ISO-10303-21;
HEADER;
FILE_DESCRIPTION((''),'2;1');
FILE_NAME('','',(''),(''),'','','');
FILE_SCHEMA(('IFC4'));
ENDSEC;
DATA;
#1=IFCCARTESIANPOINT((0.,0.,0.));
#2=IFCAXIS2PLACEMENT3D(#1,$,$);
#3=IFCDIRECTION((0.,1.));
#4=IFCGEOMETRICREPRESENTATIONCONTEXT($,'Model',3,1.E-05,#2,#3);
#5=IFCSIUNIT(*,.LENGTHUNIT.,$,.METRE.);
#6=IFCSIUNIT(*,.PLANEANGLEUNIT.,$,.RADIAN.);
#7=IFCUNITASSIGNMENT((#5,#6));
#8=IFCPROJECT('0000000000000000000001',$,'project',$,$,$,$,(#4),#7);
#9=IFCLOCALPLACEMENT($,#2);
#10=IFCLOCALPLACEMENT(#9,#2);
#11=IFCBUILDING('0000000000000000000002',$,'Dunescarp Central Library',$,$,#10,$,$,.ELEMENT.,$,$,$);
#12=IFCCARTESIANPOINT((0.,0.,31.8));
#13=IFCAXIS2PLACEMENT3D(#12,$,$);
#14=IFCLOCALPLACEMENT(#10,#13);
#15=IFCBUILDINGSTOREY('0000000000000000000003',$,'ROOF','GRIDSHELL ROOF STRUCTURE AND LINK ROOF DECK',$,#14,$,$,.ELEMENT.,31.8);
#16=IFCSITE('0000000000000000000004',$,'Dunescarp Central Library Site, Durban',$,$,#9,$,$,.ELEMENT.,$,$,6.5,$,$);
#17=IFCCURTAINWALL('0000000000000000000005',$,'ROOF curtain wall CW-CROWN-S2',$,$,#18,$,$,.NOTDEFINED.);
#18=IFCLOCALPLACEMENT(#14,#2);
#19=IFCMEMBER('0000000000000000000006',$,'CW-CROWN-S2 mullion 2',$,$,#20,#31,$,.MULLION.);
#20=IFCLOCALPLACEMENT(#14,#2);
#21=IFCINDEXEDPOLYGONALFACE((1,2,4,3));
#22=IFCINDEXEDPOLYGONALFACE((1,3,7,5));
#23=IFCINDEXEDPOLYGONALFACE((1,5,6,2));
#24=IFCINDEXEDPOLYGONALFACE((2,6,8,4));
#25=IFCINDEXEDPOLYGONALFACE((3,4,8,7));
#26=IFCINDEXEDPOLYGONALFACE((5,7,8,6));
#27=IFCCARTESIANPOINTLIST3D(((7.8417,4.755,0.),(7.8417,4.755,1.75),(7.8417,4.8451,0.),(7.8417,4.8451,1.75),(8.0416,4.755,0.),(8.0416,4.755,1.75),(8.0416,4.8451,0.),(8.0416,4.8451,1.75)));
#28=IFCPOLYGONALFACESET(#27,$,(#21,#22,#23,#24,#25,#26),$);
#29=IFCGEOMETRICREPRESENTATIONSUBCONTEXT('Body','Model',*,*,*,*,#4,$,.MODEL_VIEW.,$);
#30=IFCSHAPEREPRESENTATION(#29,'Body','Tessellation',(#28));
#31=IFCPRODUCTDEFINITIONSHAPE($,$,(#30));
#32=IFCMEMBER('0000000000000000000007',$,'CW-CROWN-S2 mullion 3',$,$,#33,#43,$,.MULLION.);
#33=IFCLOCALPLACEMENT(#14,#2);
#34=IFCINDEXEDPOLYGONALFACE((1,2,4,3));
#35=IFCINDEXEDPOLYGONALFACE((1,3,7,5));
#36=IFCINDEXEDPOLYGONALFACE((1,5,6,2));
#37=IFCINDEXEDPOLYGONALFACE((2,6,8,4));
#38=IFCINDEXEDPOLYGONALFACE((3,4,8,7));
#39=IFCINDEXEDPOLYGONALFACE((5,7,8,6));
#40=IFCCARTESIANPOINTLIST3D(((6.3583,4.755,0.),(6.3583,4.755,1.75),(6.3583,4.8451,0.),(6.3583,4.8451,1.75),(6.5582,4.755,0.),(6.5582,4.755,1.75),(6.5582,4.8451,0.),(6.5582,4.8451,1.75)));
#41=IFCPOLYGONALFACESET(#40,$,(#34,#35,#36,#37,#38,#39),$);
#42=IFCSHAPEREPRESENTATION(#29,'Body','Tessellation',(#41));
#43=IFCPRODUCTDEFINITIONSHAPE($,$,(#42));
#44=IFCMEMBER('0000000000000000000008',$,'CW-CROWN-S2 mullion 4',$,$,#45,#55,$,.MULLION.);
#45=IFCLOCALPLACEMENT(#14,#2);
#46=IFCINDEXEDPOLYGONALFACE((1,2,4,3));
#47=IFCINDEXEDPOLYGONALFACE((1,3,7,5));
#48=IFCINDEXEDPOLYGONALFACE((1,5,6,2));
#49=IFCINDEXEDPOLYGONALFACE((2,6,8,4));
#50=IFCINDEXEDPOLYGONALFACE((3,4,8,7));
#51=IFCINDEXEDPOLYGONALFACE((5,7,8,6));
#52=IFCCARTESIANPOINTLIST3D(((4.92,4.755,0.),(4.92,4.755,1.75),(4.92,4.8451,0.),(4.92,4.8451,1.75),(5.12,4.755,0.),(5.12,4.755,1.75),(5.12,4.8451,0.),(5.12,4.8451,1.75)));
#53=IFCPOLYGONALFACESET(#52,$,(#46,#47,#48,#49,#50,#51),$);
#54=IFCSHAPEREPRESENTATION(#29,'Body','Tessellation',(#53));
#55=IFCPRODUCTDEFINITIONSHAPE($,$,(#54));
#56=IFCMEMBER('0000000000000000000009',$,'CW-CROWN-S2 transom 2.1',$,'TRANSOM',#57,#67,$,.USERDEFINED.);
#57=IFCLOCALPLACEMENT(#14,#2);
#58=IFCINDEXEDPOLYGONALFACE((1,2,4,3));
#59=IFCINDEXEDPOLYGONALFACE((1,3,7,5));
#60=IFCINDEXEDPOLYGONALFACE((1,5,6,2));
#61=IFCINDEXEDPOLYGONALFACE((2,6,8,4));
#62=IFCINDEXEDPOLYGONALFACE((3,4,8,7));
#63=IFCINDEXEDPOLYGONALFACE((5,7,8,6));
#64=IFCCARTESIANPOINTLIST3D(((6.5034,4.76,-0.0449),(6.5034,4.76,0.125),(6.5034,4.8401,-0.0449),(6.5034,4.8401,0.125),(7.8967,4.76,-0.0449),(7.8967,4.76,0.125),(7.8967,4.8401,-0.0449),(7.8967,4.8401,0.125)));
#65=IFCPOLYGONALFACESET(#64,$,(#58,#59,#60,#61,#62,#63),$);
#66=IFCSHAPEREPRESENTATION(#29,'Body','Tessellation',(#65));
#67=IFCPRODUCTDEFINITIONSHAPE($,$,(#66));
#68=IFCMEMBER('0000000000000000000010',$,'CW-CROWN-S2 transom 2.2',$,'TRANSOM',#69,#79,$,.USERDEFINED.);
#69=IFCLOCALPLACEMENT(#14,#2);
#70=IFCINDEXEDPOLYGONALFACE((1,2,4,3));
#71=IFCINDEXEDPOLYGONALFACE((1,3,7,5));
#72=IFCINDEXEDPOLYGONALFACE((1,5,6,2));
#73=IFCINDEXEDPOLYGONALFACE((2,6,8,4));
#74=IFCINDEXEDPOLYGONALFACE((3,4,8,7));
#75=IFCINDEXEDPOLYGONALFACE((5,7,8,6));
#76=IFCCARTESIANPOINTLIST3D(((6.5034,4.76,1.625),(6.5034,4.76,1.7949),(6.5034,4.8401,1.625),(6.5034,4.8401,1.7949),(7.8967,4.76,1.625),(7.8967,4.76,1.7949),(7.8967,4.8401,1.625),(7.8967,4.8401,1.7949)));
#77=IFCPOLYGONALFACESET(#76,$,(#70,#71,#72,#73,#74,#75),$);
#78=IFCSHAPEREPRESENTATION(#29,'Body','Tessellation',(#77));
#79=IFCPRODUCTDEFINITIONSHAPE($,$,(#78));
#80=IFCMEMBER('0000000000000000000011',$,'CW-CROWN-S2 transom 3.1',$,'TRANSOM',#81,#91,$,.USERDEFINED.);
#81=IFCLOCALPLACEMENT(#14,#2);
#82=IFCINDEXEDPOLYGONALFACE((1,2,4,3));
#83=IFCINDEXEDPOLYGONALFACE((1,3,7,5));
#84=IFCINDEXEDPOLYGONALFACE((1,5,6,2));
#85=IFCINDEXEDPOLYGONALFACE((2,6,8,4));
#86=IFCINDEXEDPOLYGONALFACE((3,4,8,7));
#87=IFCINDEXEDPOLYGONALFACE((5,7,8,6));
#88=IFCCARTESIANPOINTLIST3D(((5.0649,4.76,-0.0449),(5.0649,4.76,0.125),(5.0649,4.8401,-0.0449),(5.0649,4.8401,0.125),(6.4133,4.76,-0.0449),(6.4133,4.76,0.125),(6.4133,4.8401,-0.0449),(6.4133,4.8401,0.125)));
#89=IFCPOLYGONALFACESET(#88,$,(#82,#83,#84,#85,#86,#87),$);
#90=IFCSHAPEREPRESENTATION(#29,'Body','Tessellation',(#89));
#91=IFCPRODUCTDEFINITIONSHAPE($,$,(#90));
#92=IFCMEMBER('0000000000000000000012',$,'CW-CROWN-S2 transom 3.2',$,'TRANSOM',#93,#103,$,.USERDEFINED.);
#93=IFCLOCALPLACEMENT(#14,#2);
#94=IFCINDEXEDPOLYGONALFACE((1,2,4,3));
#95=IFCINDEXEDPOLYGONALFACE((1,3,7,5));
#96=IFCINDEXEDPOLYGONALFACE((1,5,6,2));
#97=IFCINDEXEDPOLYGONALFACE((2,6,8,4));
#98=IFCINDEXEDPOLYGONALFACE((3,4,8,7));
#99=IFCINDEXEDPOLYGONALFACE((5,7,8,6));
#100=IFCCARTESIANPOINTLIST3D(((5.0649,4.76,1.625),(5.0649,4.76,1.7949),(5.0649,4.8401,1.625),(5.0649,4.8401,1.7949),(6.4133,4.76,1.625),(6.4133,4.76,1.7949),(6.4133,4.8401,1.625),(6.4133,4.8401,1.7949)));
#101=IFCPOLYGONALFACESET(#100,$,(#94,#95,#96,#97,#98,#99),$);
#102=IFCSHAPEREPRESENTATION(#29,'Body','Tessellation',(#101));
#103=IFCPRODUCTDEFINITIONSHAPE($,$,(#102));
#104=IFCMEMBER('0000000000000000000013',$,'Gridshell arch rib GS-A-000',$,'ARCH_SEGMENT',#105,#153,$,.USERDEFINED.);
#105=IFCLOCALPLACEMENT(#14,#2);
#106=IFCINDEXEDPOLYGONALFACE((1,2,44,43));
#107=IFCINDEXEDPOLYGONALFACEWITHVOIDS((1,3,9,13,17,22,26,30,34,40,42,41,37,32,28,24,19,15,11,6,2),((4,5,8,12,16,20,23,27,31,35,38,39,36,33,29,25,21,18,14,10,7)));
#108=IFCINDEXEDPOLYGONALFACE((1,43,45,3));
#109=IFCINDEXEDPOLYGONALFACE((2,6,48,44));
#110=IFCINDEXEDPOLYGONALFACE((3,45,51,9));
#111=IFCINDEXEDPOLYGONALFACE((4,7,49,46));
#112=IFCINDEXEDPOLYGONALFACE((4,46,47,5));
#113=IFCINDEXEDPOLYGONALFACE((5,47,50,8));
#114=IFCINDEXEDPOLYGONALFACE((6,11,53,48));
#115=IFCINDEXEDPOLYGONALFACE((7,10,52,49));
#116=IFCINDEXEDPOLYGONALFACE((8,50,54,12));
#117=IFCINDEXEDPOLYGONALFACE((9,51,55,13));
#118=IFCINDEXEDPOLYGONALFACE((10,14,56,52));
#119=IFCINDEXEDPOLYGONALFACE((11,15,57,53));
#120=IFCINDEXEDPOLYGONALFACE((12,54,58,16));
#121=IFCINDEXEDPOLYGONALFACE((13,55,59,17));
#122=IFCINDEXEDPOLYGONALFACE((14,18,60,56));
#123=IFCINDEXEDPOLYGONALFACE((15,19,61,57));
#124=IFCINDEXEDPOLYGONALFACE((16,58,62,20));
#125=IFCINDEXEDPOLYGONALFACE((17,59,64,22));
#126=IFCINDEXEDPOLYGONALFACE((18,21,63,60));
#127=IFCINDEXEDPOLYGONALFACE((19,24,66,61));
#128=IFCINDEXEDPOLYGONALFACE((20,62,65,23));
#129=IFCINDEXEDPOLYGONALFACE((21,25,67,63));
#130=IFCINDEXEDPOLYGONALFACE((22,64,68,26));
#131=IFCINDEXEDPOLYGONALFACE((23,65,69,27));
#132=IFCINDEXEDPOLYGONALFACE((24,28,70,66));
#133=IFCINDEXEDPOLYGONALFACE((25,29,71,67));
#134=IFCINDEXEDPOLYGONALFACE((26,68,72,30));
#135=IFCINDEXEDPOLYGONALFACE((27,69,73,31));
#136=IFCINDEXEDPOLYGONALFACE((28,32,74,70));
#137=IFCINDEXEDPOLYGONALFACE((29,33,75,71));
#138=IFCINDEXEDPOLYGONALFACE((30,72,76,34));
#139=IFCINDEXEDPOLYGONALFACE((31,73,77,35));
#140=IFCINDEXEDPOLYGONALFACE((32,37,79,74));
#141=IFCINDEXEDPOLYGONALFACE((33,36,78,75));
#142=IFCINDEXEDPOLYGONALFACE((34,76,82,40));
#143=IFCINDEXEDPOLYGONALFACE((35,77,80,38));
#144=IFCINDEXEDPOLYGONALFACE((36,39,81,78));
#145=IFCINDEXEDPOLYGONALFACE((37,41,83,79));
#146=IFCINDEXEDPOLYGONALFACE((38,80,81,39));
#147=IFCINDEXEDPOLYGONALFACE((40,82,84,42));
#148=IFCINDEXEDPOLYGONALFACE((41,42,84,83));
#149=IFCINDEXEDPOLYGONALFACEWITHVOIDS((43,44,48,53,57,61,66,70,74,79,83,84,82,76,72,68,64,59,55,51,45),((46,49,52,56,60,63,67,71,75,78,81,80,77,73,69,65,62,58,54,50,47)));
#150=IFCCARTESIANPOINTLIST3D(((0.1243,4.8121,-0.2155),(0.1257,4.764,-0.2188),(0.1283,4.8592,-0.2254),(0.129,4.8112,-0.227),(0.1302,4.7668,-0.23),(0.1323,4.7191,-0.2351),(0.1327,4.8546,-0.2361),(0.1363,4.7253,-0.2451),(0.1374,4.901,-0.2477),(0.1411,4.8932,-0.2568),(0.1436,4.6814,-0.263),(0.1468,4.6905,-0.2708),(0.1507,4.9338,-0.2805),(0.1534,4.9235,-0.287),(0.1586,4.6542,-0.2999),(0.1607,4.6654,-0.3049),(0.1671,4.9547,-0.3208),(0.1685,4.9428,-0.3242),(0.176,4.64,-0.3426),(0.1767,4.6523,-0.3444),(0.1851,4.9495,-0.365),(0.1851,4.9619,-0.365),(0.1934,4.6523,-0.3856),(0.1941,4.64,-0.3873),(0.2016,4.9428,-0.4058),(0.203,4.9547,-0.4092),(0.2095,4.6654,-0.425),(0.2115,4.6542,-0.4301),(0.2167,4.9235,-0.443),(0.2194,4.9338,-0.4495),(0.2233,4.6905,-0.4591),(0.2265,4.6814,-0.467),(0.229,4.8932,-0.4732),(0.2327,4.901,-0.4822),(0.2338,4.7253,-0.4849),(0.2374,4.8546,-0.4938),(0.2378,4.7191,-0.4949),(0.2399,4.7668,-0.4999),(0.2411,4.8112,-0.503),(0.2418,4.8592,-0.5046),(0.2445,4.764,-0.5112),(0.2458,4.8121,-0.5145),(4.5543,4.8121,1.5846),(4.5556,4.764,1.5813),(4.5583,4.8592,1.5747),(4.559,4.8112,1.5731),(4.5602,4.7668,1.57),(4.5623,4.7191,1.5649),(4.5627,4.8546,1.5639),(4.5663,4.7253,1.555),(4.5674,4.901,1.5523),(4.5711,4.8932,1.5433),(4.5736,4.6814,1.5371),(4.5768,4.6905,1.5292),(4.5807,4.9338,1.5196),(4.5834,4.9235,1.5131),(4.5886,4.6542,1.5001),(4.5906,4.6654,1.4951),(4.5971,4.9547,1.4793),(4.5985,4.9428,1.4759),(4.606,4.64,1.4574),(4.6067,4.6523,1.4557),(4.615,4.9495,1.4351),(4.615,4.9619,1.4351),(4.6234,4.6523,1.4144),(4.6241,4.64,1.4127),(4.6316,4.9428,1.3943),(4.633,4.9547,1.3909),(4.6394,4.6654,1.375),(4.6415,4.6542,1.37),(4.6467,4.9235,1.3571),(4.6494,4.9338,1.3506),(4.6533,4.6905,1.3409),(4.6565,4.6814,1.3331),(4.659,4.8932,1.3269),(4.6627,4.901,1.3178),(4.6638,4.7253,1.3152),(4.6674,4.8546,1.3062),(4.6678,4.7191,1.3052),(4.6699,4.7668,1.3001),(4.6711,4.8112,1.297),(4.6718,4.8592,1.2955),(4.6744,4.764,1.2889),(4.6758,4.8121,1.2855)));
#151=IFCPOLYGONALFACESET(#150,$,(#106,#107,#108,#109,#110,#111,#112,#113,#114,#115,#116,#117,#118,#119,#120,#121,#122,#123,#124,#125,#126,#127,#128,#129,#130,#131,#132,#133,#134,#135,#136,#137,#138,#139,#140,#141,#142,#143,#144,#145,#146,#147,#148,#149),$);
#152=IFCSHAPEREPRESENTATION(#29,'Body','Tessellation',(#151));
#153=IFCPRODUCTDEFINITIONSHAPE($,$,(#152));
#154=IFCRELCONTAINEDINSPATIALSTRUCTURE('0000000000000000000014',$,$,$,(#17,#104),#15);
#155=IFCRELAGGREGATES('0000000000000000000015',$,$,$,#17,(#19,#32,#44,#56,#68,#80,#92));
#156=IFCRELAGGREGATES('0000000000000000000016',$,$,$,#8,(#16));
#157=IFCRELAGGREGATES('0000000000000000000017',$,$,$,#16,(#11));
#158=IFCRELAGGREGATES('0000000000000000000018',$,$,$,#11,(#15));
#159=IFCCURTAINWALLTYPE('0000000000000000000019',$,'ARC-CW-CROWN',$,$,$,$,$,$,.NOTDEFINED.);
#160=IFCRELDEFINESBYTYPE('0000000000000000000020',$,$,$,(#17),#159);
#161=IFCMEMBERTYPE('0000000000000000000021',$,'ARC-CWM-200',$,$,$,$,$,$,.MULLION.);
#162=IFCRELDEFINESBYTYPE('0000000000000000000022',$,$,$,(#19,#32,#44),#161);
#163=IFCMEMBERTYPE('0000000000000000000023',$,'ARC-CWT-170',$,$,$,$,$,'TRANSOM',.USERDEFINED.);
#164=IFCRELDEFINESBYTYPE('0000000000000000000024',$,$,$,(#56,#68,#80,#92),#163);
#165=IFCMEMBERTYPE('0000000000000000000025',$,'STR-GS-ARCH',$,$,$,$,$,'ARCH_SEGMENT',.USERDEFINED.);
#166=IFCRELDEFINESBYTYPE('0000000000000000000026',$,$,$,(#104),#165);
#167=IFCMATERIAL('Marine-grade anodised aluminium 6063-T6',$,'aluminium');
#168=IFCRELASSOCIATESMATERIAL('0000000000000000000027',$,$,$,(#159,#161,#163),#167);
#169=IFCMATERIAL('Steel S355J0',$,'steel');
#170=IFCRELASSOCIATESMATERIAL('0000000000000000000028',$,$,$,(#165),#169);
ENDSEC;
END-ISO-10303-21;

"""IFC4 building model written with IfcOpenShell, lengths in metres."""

from ifc_helpers import new_model, si_unit, direction, frame, origin, origin_2d, place, context, subcontext, project, spatial, rectangle, hollow_circle, extrude, material, material_profile, profile_set, type_object, element, aggregate, save


model = new_model("IFC4")

# Units and contexts
model_context = context("Model", 3, precision=1e-05, world=origin(), true_north=direction((0.0, 1.0)))
body_context = subcontext(model_context, "Body", "Model", "MODEL_VIEW")
ifc_project = project(units=[si_unit("LENGTHUNIT", "METRE"), si_unit("PLANEANGLEUNIT", "RADIAN")], contexts=[model_context])

# Site, building, storey
site_placement = place(None, origin())
site = spatial("IfcSite", under=ifc_project, at=site_placement, Name="Dunescarp Central Library Site, Durban", CompositionType="ELEMENT", RefElevation=6.5)
building_placement = place(site_placement, origin())
building = spatial("IfcBuilding", under=site, at=building_placement, Name="Dunescarp Central Library", CompositionType="ELEMENT")
storey_placement = place(building_placement, frame((0.0, 0.0, 31.8)))
storey = spatial("IfcBuildingStorey", under=building, at=storey_placement, Name="ROOF", Description="GRIDSHELL ROOF STRUCTURE AND LINK ROOF DECK", CompositionType="ELEMENT", Elevation=31.8)

# Curtain wall, members
ifc_material_1 = material(Name="Marine-grade anodised aluminium 6063-T6", Category="aluminium")
curtain_wall_type = type_object("IfcCurtainWallType", Name="ARC-CW-CROWN", PredefinedType="NOTDEFINED", material=ifc_material_1)
curtain_wall_placement = place(storey_placement, origin())
curtain_wall = element("IfcCurtainWall", 1, at=curtain_wall_placement, inside=storey, type_object=curtain_wall_type, Name="ROOF curtain wall CW-CROWN-S2", PredefinedType="NOTDEFINED")
ifc_material_profile_1 = material_profile(ifc_material_1, rectangle(XDim=0.0901, YDim=0.2, at=origin_2d()), Name="AL 90x200")
ifc_profile_set_1 = profile_set([ifc_material_profile_1], Name="Marine-grade anodised aluminium 6063-T6")
member_type_1 = type_object("IfcMemberType", Name="ARC-CWM-200", PredefinedType="MULLION", material=ifc_profile_set_1)
member_1_placement = place(storey_placement, frame((7.9417, 4.8, 0.0), z_axis=(0.0, 0.0, 1.0), x_axis=(0.0, -1.0, 0.0)))
member_1 = element("IfcMember", 2, at=member_1_placement, type_object=member_type_1, Name="CW-CROWN-S2 mullion 2", PredefinedType="MULLION", context=body_context, shape_type="SweptSolid", body=[
    extrude(rectangle(XDim=0.0901, YDim=0.2, at=origin_2d()), origin(), (0.0, 0.0, 1.0), 1.75),
])
member_2_placement = place(storey_placement, frame((6.4583, 4.8, 0.0), z_axis=(0.0, 0.0, 1.0), x_axis=(0.0, -1.0, 0.0)))
member_2 = element("IfcMember", 3, at=member_2_placement, type_object=member_type_1, Name="CW-CROWN-S2 mullion 3", PredefinedType="MULLION", context=body_context, shape_type="SweptSolid", body=[
    extrude(rectangle(XDim=0.0901, YDim=0.2, at=origin_2d()), origin(), (0.0, 0.0, 1.0), 1.75),
])
member_3_placement = place(storey_placement, frame((5.02, 4.8, 0.0), z_axis=(0.0, 0.0, 1.0), x_axis=(0.0, -1.0, 0.0)))
member_3 = element("IfcMember", 4, at=member_3_placement, type_object=member_type_1, Name="CW-CROWN-S2 mullion 4", PredefinedType="MULLION", context=body_context, shape_type="SweptSolid", body=[
    extrude(rectangle(XDim=0.0901, YDim=0.2, at=origin_2d()), origin(), (0.0, 0.0, 1.0), 1.75),
])
ifc_material_profile_2 = material_profile(ifc_material_1, rectangle(XDim=0.0801, YDim=0.1699, at=origin_2d()), Name="AL 80x170")
ifc_profile_set_2 = profile_set([ifc_material_profile_2], Name="Marine-grade anodised aluminium 6063-T6")
member_type_2 = type_object("IfcMemberType", Name="ARC-CWT-170", ElementType="TRANSOM", PredefinedType="USERDEFINED", material=ifc_profile_set_2)
member_4_placement = place(storey_placement, frame((7.8967, 4.8, 0.04), z_axis=(-1.0, 0.0, 0.0), x_axis=(0.0, -1.0, 0.0)))
member_4 = element("IfcMember", 5, at=member_4_placement, type_object=member_type_2, Name="CW-CROWN-S2 transom 2.1", ObjectType="TRANSOM", PredefinedType="USERDEFINED", context=body_context, shape_type="SweptSolid", body=[
    extrude(rectangle(XDim=0.0801, YDim=0.1699, at=origin_2d()), origin(), (0.0, 0.0, 1.0), 1.3933),
])
member_5_placement = place(storey_placement, frame((7.8967, 4.8, 1.71), z_axis=(-1.0, 0.0, 0.0), x_axis=(0.0, -1.0, 0.0)))
member_5 = element("IfcMember", 6, at=member_5_placement, type_object=member_type_2, Name="CW-CROWN-S2 transom 2.2", ObjectType="TRANSOM", PredefinedType="USERDEFINED", context=body_context, shape_type="SweptSolid", body=[
    extrude(rectangle(XDim=0.0801, YDim=0.1699, at=origin_2d()), origin(), (0.0, 0.0, 1.0), 1.3933),
])
member_6_placement = place(storey_placement, frame((6.4133, 4.8, 0.04), z_axis=(-1.0, 0.0, 0.0), x_axis=(0.0, -1.0, 0.0)))
member_6 = element("IfcMember", 7, at=member_6_placement, type_object=member_type_2, Name="CW-CROWN-S2 transom 3.1", ObjectType="TRANSOM", PredefinedType="USERDEFINED", context=body_context, shape_type="SweptSolid", body=[
    extrude(rectangle(XDim=0.0801, YDim=0.1699, at=origin_2d()), origin(), (0.0, 0.0, 1.0), 1.3484),
])
member_7_placement = place(storey_placement, frame((6.4133, 4.8, 1.71), z_axis=(-1.0, 0.0, 0.0), x_axis=(0.0, -1.0, 0.0)))
member_7 = element("IfcMember", 8, at=member_7_placement, type_object=member_type_2, Name="CW-CROWN-S2 transom 3.2", ObjectType="TRANSOM", PredefinedType="USERDEFINED", context=body_context, shape_type="SweptSolid", body=[
    extrude(rectangle(XDim=0.0801, YDim=0.1699, at=origin_2d()), origin(), (0.0, 0.0, 1.0), 1.3484),
])

# Member
ifc_material_2 = material(Name="Steel S355J0", Category="steel")
ifc_material_profile_3 = material_profile(ifc_material_2, hollow_circle(Radius=0.1619, WallThickness=0.0125, at=origin_2d()), Name="CHS 323.9x12.5")
ifc_profile_set_3 = profile_set([ifc_material_profile_3], Name="Steel S355J0")
member_type_3 = type_object("IfcMemberType", Name="STR-GS-ARCH", ElementType="ARCH_SEGMENT", PredefinedType="USERDEFINED", material=ifc_profile_set_3)
member_8_placement = place(storey_placement, frame((0.1851, 4.8, -0.365), z_axis=(0.926438, 0.0, 0.376447), x_axis=(0.0, 1.0, 0.0)))
element("IfcMember", 9, at=member_8_placement, inside=storey, type_object=member_type_3, Name="Gridshell arch rib GS-A-000", ObjectType="ARCH_SEGMENT", PredefinedType="USERDEFINED", context=body_context, shape_type="SweptSolid", body=[
    extrude(hollow_circle(Radius=0.1619, WallThickness=0.0125, at=origin_2d()), origin(), (0.0, 0.0, 1.0), 4.7817),
])

aggregate(curtain_wall, [member_1, member_2, member_3, member_4, member_5, member_6, member_7])

save(model, "model.ifc")
